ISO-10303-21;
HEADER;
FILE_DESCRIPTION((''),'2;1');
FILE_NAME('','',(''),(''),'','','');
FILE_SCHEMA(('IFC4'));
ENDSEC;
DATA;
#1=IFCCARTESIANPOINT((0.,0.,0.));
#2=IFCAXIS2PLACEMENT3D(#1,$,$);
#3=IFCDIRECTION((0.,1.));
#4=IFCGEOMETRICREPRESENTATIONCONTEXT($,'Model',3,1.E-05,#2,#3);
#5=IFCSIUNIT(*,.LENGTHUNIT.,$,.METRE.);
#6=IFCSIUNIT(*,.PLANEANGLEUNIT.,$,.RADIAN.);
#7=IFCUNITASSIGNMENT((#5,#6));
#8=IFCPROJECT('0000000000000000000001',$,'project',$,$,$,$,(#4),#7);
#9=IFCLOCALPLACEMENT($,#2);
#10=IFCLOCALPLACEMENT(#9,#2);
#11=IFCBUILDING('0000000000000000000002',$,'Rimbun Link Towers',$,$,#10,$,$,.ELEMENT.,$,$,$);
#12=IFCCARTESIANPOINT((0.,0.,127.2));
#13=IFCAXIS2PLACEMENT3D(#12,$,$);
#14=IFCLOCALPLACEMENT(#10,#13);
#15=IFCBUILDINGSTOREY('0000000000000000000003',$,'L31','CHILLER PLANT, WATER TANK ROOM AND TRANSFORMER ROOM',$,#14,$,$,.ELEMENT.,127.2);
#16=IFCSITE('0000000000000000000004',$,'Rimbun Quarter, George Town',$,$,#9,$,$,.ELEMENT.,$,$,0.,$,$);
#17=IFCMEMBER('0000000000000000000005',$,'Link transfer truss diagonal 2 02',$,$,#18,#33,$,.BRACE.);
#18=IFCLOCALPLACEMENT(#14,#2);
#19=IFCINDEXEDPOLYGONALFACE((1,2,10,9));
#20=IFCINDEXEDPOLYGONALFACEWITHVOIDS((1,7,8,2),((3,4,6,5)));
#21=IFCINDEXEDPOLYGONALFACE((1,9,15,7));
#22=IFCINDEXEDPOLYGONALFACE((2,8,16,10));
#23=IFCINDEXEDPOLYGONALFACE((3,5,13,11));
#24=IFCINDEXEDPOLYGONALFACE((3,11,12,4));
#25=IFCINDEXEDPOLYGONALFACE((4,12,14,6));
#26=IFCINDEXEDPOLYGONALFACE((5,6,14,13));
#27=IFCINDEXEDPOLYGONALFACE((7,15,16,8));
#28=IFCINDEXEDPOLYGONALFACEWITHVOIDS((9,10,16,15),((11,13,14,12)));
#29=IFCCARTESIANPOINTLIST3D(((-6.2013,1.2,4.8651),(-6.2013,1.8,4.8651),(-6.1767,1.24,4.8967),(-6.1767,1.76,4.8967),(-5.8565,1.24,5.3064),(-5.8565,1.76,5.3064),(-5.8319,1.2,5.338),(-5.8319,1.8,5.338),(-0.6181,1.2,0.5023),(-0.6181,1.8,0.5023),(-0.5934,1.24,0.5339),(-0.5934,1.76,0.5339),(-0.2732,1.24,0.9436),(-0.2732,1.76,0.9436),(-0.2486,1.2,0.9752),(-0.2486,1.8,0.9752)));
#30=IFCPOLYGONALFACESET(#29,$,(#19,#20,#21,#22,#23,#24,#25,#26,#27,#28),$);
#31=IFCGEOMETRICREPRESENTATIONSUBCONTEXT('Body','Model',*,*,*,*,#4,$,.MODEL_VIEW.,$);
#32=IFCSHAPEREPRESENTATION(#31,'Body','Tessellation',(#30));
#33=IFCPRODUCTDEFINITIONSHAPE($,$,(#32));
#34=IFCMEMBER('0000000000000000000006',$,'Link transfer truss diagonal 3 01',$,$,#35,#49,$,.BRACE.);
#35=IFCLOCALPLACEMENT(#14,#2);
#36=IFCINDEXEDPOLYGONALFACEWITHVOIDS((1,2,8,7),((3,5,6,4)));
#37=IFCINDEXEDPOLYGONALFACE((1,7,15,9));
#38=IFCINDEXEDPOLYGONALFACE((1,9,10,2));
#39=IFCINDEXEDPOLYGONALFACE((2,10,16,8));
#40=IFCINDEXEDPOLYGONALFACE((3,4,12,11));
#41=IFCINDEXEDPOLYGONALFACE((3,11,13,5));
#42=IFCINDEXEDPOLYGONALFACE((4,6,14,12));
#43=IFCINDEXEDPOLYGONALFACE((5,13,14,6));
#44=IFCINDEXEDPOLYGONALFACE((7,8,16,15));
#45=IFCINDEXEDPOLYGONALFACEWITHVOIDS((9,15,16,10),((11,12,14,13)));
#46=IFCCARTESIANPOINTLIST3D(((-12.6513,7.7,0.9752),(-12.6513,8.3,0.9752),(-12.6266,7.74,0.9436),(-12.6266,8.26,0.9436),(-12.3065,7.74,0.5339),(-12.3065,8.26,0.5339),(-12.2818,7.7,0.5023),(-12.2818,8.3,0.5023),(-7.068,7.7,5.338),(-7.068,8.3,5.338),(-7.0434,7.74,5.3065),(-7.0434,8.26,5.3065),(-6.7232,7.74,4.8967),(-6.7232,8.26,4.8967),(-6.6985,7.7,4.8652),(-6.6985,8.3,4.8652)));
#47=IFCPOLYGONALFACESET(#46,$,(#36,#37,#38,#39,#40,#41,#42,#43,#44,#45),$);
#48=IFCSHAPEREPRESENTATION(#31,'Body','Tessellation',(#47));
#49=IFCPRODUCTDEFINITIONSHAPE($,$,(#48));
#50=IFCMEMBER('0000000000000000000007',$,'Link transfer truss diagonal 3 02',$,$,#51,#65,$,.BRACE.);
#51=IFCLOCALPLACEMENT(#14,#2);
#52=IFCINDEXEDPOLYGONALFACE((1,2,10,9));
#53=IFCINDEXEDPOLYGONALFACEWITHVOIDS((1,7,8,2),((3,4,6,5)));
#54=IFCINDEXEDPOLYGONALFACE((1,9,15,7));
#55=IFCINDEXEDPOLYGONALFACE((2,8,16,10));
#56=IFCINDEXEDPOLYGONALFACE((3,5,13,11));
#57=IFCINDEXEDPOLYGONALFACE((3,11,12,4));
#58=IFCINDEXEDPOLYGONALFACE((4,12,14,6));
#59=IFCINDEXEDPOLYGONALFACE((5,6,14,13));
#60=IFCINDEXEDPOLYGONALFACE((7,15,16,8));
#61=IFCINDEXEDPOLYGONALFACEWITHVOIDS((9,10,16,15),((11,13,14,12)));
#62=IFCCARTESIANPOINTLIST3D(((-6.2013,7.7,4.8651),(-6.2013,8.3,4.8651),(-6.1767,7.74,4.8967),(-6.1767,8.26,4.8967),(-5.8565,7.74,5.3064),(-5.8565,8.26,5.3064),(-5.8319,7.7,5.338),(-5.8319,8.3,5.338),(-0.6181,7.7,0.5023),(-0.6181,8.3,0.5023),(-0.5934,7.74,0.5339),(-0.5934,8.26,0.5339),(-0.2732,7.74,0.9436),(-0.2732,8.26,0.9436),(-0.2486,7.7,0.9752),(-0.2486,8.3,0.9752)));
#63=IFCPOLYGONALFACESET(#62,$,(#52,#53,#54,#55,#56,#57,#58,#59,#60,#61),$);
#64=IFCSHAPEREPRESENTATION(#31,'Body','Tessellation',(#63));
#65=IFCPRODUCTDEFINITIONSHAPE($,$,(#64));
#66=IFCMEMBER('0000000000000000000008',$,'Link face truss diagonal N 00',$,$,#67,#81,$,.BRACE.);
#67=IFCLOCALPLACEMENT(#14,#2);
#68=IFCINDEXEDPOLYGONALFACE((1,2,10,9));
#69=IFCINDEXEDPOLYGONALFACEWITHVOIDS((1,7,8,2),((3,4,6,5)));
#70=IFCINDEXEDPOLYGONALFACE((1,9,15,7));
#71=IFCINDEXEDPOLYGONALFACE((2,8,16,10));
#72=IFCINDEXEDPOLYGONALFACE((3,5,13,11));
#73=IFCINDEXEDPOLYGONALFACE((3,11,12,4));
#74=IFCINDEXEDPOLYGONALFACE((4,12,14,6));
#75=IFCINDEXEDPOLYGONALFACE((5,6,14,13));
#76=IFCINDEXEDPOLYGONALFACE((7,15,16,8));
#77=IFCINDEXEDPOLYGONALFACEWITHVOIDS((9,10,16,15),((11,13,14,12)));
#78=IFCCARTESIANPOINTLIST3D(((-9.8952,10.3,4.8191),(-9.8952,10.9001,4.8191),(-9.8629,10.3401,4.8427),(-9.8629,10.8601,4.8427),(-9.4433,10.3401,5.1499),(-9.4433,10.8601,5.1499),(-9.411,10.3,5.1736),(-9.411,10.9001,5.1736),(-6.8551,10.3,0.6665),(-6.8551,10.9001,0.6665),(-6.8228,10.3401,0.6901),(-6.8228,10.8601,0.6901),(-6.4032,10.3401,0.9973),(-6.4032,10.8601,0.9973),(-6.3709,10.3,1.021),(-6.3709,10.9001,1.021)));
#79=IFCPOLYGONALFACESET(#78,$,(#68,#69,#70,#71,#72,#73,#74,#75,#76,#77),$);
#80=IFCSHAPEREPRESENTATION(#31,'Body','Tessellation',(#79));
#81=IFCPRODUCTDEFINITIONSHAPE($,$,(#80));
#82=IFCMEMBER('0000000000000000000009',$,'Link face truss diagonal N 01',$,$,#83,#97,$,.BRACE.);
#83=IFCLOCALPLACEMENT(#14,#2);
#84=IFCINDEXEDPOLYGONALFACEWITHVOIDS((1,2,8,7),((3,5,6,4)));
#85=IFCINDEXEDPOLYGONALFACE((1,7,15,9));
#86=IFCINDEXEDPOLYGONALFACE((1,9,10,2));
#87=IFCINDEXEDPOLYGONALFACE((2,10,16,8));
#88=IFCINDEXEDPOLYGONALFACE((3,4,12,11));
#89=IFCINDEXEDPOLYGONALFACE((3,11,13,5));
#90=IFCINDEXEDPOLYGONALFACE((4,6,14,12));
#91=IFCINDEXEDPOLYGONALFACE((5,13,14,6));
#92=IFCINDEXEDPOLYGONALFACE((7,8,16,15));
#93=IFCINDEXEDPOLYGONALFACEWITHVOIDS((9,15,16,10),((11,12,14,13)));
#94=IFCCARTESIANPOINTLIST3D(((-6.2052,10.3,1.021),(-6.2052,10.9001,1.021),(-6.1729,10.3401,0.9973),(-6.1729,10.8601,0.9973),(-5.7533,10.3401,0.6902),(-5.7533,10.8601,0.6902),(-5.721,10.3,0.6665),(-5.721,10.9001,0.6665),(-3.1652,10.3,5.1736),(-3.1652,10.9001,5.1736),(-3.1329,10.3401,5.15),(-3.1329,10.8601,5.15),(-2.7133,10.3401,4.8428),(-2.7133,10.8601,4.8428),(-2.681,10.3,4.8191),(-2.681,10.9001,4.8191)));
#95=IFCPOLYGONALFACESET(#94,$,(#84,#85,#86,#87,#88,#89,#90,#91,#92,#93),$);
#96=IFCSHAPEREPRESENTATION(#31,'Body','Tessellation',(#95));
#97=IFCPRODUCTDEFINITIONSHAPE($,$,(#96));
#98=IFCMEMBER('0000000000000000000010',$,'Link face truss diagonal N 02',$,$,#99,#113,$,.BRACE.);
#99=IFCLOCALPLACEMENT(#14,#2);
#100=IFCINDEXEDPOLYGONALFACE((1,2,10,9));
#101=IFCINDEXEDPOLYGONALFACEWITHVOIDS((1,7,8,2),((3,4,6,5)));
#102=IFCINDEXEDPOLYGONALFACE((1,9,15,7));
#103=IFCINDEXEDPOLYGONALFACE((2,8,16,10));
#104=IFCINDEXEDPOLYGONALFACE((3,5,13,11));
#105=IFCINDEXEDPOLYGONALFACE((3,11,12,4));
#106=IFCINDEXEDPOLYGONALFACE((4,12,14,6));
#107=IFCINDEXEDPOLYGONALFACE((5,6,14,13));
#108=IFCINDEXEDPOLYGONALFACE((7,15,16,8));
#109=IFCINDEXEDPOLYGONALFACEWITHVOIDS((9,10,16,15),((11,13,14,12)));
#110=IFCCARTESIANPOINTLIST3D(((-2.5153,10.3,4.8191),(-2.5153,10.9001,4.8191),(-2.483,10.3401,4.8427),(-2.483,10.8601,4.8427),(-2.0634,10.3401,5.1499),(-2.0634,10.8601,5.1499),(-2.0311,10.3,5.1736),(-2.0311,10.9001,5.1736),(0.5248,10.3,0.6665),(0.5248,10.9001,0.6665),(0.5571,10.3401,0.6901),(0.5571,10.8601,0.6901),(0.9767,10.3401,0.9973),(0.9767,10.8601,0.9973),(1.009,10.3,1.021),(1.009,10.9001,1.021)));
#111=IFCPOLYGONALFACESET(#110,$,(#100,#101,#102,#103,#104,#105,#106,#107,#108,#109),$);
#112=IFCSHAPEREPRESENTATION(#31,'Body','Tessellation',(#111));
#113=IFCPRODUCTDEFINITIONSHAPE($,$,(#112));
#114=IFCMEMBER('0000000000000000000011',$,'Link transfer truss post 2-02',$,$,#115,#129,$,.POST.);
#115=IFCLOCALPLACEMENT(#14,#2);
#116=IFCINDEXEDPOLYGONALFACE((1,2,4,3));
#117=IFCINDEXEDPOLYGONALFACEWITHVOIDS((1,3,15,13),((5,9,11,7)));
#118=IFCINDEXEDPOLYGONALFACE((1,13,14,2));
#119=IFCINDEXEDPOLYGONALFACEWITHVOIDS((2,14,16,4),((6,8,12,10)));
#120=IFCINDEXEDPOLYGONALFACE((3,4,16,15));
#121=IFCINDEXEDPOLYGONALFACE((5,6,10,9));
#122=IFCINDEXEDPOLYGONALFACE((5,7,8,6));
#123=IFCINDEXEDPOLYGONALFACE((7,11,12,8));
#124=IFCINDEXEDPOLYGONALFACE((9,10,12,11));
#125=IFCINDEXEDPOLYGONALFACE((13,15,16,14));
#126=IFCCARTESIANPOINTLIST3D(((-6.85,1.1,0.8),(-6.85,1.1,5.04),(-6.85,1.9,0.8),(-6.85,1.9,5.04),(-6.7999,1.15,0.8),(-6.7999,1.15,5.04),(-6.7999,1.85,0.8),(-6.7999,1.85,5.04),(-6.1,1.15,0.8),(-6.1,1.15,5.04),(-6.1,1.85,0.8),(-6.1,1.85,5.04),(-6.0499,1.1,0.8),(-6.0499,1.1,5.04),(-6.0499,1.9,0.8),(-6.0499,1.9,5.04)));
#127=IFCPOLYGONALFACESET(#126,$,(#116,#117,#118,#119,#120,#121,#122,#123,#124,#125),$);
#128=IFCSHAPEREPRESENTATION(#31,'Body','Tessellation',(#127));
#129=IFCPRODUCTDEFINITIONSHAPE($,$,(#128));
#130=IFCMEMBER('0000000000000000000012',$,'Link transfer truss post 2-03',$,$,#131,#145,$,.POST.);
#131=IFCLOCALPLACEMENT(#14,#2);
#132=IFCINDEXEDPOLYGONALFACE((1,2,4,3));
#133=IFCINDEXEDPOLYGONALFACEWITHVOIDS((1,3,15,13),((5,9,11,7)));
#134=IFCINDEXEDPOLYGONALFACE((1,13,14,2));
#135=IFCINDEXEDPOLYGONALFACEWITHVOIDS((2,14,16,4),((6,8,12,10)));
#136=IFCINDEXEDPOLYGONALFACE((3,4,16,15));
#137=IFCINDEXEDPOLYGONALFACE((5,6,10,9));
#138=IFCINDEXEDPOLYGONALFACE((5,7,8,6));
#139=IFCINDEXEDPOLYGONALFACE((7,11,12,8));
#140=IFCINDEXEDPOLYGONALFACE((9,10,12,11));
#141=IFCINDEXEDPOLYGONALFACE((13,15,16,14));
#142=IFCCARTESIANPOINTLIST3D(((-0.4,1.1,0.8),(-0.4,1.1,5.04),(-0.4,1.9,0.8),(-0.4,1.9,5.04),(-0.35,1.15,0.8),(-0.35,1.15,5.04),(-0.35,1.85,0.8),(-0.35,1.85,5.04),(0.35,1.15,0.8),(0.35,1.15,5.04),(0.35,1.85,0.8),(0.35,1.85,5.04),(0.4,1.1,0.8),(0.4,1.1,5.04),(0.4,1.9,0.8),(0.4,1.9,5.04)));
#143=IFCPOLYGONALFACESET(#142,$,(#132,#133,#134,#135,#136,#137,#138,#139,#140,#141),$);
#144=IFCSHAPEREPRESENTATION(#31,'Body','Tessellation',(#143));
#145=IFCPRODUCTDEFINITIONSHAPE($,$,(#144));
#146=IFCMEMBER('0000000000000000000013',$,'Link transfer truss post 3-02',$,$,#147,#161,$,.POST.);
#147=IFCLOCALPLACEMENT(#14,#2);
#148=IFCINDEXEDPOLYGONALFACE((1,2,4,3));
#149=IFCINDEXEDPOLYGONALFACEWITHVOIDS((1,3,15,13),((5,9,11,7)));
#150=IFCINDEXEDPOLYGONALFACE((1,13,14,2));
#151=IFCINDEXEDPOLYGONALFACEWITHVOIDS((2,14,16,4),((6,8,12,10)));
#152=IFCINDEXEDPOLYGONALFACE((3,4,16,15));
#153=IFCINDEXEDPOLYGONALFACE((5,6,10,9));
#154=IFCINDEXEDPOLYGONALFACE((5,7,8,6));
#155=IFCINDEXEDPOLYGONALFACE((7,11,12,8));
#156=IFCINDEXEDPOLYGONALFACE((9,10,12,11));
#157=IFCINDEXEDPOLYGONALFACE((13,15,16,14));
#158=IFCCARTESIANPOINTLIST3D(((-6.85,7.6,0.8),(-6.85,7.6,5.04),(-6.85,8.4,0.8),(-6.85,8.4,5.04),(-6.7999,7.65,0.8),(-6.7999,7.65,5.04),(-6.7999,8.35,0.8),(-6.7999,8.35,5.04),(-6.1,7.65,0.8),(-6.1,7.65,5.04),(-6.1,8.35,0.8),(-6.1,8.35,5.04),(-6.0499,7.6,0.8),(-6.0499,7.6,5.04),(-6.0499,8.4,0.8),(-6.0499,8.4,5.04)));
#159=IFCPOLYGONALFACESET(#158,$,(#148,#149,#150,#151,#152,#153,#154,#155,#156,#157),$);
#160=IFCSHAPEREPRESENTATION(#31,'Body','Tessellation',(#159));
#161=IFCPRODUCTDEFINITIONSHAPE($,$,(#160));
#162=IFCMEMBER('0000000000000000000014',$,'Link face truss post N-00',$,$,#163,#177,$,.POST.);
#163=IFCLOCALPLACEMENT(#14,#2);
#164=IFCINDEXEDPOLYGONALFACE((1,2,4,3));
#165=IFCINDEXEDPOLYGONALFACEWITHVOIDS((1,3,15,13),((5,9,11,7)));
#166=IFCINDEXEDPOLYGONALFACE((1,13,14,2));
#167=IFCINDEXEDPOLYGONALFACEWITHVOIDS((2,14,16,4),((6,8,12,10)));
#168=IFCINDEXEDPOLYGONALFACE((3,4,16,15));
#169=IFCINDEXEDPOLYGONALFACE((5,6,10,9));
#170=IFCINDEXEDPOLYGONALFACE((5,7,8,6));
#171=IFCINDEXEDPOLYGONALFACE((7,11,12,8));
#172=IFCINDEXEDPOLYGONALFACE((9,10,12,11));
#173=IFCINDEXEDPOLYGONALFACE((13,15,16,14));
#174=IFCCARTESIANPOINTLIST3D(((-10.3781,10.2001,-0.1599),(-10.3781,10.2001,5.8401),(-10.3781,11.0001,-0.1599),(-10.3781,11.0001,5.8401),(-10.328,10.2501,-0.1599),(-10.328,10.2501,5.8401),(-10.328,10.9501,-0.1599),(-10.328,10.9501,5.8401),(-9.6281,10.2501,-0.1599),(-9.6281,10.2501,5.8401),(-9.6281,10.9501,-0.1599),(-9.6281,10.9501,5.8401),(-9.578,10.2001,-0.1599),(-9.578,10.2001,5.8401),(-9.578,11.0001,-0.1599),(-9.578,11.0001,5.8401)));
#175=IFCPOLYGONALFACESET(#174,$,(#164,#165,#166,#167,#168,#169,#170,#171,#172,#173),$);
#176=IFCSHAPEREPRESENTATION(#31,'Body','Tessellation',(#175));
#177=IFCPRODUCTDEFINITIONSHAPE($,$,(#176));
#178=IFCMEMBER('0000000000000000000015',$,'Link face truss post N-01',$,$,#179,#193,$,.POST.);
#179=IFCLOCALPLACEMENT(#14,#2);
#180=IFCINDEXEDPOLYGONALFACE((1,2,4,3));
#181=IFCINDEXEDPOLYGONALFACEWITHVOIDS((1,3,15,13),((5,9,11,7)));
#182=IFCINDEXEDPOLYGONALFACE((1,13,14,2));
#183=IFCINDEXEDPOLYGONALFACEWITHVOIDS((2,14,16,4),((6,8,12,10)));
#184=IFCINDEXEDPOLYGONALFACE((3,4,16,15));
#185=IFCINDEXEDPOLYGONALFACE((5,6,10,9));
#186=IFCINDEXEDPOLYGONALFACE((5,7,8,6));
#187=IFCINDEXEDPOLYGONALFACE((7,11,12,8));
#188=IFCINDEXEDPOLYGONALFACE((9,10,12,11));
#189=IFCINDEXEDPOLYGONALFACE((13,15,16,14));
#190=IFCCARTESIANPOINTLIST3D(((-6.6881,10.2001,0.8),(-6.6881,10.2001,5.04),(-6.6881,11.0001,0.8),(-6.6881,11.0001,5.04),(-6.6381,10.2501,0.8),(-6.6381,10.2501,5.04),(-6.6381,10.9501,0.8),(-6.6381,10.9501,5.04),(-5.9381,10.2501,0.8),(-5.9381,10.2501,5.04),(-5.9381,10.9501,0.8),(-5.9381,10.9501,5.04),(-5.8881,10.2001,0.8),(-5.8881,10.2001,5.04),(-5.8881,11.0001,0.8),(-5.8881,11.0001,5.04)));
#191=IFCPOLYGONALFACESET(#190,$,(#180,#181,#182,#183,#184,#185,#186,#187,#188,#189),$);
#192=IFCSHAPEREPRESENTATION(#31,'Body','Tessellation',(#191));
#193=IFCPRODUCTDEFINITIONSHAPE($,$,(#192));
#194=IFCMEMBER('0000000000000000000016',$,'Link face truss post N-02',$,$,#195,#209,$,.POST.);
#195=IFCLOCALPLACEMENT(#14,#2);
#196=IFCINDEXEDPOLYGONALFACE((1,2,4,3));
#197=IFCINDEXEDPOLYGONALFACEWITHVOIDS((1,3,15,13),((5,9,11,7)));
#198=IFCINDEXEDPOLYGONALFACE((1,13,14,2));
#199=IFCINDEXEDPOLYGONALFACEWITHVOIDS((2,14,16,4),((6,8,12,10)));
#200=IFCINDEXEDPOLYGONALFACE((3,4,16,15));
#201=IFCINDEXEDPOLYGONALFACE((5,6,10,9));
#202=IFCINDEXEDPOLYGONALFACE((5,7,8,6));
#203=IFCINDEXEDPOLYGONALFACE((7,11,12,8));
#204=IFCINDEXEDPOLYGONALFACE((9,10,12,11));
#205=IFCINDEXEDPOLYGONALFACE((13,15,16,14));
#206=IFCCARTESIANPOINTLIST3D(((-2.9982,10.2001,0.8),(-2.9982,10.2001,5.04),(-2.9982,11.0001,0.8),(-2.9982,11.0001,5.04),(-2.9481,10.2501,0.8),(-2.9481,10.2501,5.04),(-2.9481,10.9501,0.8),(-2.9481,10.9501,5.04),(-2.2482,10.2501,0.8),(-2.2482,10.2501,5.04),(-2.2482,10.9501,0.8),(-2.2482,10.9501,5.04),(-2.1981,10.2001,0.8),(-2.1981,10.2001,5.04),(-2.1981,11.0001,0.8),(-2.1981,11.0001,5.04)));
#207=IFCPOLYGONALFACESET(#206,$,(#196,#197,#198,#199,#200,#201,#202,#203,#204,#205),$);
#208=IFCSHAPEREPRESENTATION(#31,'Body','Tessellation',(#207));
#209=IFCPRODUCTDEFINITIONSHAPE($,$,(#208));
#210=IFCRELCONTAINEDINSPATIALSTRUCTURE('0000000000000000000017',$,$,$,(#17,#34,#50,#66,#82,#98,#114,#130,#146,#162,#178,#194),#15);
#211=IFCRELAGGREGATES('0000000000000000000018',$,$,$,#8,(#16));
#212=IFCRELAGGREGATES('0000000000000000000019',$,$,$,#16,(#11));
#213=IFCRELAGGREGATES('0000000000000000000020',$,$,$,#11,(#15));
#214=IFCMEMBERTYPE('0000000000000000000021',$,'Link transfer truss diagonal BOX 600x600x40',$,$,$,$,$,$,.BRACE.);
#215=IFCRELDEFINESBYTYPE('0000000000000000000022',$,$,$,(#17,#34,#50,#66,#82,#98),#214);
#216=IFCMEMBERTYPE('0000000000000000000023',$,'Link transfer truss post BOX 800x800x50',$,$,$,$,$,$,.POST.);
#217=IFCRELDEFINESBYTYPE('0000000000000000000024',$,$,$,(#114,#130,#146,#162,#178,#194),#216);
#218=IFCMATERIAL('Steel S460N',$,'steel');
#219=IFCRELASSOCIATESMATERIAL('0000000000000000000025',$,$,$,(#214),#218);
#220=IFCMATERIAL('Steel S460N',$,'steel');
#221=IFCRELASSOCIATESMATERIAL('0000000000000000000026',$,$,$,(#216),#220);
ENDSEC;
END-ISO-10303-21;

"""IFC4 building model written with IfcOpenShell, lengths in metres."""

from ifc_helpers import new_model, si_unit, direction, frame, origin, origin_2d, place, context, subcontext, project, spatial, hollow_rectangle, extrude, material, material_profile, profile_set, type_object, element, save


model = new_model("IFC4")

# Units and contexts
model_context = context("Model", 3, precision=1e-05, world=origin(), true_north=direction((0.0, 1.0)))
body_context = subcontext(model_context, "Body", "Model", "MODEL_VIEW")
ifc_project = project(units=[si_unit("LENGTHUNIT", "METRE"), si_unit("PLANEANGLEUNIT", "RADIAN")], contexts=[model_context])

# Site, building, storey
site_placement = place(None, origin())
site = spatial("IfcSite", under=ifc_project, at=site_placement, Name="Rimbun Quarter, George Town", CompositionType="ELEMENT", RefElevation=0.0)
building_placement = place(site_placement, origin())
building = spatial("IfcBuilding", under=site, at=building_placement, Name="Rimbun Link Towers", CompositionType="ELEMENT")
storey_placement = place(building_placement, frame((0.0, 0.0, 127.2)))
storey = spatial("IfcBuildingStorey", under=building, at=storey_placement, Name="L31", Description="CHILLER PLANT, WATER TANK ROOM AND TRANSFORMER ROOM", CompositionType="ELEMENT", Elevation=127.2)

# Members
ifc_material_1 = material(Name="Steel S460N", Category="steel")
ifc_material_profile_1 = material_profile(ifc_material_1, hollow_rectangle(XDim=0.6001, YDim=0.6001, WallThickness=0.04, at=origin_2d()), Name="Link transfer truss diagonal BOX 600x600x40")
ifc_profile_set_1 = profile_set([ifc_material_profile_1], Name="Steel S460N")
member_type_1 = type_object("IfcMemberType", Name="Link transfer truss diagonal BOX 600x600x40", PredefinedType="BRACE", material=ifc_profile_set_1)
for number, where, z_axis, x_axis, name in (
    (1, (-6.0166, 1.5, 5.1016), (0.787964, 0.0, -0.615721), (0.0, 1.0, 0.0), "Link transfer truss diagonal 2 02"),
    (2, (-12.4666, 8.0, 0.7388), (0.787964, 0.0, 0.615721), (0.0, 1.0, 0.0), "Link transfer truss diagonal 3 01"),
    (3, (-6.0166, 8.0, 5.1016), (0.787964, 0.0, -0.615721), (0.0, 1.0, 0.0), "Link transfer truss diagonal 3 02"),
):
    element("IfcMember", number, at=place(storey_placement, frame(where, z_axis=z_axis, x_axis=x_axis)), inside=storey, type_object=member_type_1, Name=name, PredefinedType="BRACE", context=body_context, shape_type="SweptSolid", body=[
        extrude(hollow_rectangle(XDim=0.6001, YDim=0.6001, WallThickness=0.04, at=origin_2d()), origin(), (0.0, 0.0, 1.0), 7.0857),
    ])
for number, where, z_axis, x_axis, name in (
    (4, (-9.6531, 10.6001, 4.9963), (0.590707, 0.0, -0.806886), (0.0, 1.0, 0.0), "Link face truss diagonal N 00"),
    (5, (-5.9631, 10.6001, 0.8438), (0.590707, 0.0, 0.806886), (0.0, 1.0, 0.0), "Link face truss diagonal N 01"),
    (6, (-2.2732, 10.6001, 4.9963), (0.590707, 0.0, -0.806886), (0.0, 1.0, 0.0), "Link face truss diagonal N 02"),
):
    element("IfcMember", number, at=place(storey_placement, frame(where, z_axis=z_axis, x_axis=x_axis)), inside=storey, type_object=member_type_1, Name=name, PredefinedType="BRACE", context=body_context, shape_type="SweptSolid", body=[
        extrude(hollow_rectangle(XDim=0.6001, YDim=0.6001, WallThickness=0.04, at=origin_2d()), origin(), (0.0, 0.0, 1.0), 5.1465),
    ])
ifc_material_2 = material(Name="Steel S460N", Category="steel")
ifc_material_profile_2 = material_profile(ifc_material_2, hollow_rectangle(XDim=0.8, YDim=0.8, WallThickness=0.05, at=origin_2d()), Name="Link transfer truss post BOX 800x800x50")
ifc_profile_set_2 = profile_set([ifc_material_profile_2], Name="Steel S460N")
member_type_2 = type_object("IfcMemberType", Name="Link transfer truss post BOX 800x800x50", PredefinedType="POST", material=ifc_profile_set_2)
for number, where, z_axis, x_axis, name in (
    (7, (-6.45, 1.5, 0.8), (0.0, 0.0, 1.0), (1.0, 0.0, 0.0), "Link transfer truss post 2-02"),
    (8, (0.0, 1.5, 0.8), (0.0, 0.0, 1.0), (1.0, 0.0, 0.0), "Link transfer truss post 2-03"),
    (9, (-6.45, 8.0, 0.8), (0.0, 0.0, 1.0), (1.0, 0.0, 0.0), "Link transfer truss post 3-02"),
):
    element("IfcMember", number, at=place(storey_placement, frame(where, z_axis=z_axis, x_axis=x_axis)), inside=storey, type_object=member_type_2, Name=name, PredefinedType="POST", context=body_context, shape_type="SweptSolid", body=[
        extrude(hollow_rectangle(XDim=0.8, YDim=0.8, WallThickness=0.05, at=origin_2d()), origin(), (0.0, 0.0, 1.0), 4.24),
    ])
member_1_placement = place(storey_placement, frame((-9.978, 10.6001, -0.1599), z_axis=(0.0, 0.0, 1.0), x_axis=(1.0, 0.0, 0.0)))
element("IfcMember", 10, at=member_1_placement, inside=storey, type_object=member_type_2, Name="Link face truss post N-00", PredefinedType="POST", context=body_context, shape_type="SweptSolid", body=[
    extrude(hollow_rectangle(XDim=0.8, YDim=0.8, WallThickness=0.05, at=origin_2d()), origin(), (0.0, 0.0, 1.0), 6.0),
])
for number, where, z_axis, x_axis, name in (
    (11, (-6.2881, 10.6001, 0.8), (0.0, 0.0, 1.0), (1.0, 0.0, 0.0), "Link face truss post N-01"),
    (12, (-2.5981, 10.6001, 0.8), (0.0, 0.0, 1.0), (1.0, 0.0, 0.0), "Link face truss post N-02"),
):
    element("IfcMember", number, at=place(storey_placement, frame(where, z_axis=z_axis, x_axis=x_axis)), inside=storey, type_object=member_type_2, Name=name, PredefinedType="POST", context=body_context, shape_type="SweptSolid", body=[
        extrude(hollow_rectangle(XDim=0.8, YDim=0.8, WallThickness=0.05, at=origin_2d()), origin(), (0.0, 0.0, 1.0), 4.24),
    ])

save(model, "model.ifc")
